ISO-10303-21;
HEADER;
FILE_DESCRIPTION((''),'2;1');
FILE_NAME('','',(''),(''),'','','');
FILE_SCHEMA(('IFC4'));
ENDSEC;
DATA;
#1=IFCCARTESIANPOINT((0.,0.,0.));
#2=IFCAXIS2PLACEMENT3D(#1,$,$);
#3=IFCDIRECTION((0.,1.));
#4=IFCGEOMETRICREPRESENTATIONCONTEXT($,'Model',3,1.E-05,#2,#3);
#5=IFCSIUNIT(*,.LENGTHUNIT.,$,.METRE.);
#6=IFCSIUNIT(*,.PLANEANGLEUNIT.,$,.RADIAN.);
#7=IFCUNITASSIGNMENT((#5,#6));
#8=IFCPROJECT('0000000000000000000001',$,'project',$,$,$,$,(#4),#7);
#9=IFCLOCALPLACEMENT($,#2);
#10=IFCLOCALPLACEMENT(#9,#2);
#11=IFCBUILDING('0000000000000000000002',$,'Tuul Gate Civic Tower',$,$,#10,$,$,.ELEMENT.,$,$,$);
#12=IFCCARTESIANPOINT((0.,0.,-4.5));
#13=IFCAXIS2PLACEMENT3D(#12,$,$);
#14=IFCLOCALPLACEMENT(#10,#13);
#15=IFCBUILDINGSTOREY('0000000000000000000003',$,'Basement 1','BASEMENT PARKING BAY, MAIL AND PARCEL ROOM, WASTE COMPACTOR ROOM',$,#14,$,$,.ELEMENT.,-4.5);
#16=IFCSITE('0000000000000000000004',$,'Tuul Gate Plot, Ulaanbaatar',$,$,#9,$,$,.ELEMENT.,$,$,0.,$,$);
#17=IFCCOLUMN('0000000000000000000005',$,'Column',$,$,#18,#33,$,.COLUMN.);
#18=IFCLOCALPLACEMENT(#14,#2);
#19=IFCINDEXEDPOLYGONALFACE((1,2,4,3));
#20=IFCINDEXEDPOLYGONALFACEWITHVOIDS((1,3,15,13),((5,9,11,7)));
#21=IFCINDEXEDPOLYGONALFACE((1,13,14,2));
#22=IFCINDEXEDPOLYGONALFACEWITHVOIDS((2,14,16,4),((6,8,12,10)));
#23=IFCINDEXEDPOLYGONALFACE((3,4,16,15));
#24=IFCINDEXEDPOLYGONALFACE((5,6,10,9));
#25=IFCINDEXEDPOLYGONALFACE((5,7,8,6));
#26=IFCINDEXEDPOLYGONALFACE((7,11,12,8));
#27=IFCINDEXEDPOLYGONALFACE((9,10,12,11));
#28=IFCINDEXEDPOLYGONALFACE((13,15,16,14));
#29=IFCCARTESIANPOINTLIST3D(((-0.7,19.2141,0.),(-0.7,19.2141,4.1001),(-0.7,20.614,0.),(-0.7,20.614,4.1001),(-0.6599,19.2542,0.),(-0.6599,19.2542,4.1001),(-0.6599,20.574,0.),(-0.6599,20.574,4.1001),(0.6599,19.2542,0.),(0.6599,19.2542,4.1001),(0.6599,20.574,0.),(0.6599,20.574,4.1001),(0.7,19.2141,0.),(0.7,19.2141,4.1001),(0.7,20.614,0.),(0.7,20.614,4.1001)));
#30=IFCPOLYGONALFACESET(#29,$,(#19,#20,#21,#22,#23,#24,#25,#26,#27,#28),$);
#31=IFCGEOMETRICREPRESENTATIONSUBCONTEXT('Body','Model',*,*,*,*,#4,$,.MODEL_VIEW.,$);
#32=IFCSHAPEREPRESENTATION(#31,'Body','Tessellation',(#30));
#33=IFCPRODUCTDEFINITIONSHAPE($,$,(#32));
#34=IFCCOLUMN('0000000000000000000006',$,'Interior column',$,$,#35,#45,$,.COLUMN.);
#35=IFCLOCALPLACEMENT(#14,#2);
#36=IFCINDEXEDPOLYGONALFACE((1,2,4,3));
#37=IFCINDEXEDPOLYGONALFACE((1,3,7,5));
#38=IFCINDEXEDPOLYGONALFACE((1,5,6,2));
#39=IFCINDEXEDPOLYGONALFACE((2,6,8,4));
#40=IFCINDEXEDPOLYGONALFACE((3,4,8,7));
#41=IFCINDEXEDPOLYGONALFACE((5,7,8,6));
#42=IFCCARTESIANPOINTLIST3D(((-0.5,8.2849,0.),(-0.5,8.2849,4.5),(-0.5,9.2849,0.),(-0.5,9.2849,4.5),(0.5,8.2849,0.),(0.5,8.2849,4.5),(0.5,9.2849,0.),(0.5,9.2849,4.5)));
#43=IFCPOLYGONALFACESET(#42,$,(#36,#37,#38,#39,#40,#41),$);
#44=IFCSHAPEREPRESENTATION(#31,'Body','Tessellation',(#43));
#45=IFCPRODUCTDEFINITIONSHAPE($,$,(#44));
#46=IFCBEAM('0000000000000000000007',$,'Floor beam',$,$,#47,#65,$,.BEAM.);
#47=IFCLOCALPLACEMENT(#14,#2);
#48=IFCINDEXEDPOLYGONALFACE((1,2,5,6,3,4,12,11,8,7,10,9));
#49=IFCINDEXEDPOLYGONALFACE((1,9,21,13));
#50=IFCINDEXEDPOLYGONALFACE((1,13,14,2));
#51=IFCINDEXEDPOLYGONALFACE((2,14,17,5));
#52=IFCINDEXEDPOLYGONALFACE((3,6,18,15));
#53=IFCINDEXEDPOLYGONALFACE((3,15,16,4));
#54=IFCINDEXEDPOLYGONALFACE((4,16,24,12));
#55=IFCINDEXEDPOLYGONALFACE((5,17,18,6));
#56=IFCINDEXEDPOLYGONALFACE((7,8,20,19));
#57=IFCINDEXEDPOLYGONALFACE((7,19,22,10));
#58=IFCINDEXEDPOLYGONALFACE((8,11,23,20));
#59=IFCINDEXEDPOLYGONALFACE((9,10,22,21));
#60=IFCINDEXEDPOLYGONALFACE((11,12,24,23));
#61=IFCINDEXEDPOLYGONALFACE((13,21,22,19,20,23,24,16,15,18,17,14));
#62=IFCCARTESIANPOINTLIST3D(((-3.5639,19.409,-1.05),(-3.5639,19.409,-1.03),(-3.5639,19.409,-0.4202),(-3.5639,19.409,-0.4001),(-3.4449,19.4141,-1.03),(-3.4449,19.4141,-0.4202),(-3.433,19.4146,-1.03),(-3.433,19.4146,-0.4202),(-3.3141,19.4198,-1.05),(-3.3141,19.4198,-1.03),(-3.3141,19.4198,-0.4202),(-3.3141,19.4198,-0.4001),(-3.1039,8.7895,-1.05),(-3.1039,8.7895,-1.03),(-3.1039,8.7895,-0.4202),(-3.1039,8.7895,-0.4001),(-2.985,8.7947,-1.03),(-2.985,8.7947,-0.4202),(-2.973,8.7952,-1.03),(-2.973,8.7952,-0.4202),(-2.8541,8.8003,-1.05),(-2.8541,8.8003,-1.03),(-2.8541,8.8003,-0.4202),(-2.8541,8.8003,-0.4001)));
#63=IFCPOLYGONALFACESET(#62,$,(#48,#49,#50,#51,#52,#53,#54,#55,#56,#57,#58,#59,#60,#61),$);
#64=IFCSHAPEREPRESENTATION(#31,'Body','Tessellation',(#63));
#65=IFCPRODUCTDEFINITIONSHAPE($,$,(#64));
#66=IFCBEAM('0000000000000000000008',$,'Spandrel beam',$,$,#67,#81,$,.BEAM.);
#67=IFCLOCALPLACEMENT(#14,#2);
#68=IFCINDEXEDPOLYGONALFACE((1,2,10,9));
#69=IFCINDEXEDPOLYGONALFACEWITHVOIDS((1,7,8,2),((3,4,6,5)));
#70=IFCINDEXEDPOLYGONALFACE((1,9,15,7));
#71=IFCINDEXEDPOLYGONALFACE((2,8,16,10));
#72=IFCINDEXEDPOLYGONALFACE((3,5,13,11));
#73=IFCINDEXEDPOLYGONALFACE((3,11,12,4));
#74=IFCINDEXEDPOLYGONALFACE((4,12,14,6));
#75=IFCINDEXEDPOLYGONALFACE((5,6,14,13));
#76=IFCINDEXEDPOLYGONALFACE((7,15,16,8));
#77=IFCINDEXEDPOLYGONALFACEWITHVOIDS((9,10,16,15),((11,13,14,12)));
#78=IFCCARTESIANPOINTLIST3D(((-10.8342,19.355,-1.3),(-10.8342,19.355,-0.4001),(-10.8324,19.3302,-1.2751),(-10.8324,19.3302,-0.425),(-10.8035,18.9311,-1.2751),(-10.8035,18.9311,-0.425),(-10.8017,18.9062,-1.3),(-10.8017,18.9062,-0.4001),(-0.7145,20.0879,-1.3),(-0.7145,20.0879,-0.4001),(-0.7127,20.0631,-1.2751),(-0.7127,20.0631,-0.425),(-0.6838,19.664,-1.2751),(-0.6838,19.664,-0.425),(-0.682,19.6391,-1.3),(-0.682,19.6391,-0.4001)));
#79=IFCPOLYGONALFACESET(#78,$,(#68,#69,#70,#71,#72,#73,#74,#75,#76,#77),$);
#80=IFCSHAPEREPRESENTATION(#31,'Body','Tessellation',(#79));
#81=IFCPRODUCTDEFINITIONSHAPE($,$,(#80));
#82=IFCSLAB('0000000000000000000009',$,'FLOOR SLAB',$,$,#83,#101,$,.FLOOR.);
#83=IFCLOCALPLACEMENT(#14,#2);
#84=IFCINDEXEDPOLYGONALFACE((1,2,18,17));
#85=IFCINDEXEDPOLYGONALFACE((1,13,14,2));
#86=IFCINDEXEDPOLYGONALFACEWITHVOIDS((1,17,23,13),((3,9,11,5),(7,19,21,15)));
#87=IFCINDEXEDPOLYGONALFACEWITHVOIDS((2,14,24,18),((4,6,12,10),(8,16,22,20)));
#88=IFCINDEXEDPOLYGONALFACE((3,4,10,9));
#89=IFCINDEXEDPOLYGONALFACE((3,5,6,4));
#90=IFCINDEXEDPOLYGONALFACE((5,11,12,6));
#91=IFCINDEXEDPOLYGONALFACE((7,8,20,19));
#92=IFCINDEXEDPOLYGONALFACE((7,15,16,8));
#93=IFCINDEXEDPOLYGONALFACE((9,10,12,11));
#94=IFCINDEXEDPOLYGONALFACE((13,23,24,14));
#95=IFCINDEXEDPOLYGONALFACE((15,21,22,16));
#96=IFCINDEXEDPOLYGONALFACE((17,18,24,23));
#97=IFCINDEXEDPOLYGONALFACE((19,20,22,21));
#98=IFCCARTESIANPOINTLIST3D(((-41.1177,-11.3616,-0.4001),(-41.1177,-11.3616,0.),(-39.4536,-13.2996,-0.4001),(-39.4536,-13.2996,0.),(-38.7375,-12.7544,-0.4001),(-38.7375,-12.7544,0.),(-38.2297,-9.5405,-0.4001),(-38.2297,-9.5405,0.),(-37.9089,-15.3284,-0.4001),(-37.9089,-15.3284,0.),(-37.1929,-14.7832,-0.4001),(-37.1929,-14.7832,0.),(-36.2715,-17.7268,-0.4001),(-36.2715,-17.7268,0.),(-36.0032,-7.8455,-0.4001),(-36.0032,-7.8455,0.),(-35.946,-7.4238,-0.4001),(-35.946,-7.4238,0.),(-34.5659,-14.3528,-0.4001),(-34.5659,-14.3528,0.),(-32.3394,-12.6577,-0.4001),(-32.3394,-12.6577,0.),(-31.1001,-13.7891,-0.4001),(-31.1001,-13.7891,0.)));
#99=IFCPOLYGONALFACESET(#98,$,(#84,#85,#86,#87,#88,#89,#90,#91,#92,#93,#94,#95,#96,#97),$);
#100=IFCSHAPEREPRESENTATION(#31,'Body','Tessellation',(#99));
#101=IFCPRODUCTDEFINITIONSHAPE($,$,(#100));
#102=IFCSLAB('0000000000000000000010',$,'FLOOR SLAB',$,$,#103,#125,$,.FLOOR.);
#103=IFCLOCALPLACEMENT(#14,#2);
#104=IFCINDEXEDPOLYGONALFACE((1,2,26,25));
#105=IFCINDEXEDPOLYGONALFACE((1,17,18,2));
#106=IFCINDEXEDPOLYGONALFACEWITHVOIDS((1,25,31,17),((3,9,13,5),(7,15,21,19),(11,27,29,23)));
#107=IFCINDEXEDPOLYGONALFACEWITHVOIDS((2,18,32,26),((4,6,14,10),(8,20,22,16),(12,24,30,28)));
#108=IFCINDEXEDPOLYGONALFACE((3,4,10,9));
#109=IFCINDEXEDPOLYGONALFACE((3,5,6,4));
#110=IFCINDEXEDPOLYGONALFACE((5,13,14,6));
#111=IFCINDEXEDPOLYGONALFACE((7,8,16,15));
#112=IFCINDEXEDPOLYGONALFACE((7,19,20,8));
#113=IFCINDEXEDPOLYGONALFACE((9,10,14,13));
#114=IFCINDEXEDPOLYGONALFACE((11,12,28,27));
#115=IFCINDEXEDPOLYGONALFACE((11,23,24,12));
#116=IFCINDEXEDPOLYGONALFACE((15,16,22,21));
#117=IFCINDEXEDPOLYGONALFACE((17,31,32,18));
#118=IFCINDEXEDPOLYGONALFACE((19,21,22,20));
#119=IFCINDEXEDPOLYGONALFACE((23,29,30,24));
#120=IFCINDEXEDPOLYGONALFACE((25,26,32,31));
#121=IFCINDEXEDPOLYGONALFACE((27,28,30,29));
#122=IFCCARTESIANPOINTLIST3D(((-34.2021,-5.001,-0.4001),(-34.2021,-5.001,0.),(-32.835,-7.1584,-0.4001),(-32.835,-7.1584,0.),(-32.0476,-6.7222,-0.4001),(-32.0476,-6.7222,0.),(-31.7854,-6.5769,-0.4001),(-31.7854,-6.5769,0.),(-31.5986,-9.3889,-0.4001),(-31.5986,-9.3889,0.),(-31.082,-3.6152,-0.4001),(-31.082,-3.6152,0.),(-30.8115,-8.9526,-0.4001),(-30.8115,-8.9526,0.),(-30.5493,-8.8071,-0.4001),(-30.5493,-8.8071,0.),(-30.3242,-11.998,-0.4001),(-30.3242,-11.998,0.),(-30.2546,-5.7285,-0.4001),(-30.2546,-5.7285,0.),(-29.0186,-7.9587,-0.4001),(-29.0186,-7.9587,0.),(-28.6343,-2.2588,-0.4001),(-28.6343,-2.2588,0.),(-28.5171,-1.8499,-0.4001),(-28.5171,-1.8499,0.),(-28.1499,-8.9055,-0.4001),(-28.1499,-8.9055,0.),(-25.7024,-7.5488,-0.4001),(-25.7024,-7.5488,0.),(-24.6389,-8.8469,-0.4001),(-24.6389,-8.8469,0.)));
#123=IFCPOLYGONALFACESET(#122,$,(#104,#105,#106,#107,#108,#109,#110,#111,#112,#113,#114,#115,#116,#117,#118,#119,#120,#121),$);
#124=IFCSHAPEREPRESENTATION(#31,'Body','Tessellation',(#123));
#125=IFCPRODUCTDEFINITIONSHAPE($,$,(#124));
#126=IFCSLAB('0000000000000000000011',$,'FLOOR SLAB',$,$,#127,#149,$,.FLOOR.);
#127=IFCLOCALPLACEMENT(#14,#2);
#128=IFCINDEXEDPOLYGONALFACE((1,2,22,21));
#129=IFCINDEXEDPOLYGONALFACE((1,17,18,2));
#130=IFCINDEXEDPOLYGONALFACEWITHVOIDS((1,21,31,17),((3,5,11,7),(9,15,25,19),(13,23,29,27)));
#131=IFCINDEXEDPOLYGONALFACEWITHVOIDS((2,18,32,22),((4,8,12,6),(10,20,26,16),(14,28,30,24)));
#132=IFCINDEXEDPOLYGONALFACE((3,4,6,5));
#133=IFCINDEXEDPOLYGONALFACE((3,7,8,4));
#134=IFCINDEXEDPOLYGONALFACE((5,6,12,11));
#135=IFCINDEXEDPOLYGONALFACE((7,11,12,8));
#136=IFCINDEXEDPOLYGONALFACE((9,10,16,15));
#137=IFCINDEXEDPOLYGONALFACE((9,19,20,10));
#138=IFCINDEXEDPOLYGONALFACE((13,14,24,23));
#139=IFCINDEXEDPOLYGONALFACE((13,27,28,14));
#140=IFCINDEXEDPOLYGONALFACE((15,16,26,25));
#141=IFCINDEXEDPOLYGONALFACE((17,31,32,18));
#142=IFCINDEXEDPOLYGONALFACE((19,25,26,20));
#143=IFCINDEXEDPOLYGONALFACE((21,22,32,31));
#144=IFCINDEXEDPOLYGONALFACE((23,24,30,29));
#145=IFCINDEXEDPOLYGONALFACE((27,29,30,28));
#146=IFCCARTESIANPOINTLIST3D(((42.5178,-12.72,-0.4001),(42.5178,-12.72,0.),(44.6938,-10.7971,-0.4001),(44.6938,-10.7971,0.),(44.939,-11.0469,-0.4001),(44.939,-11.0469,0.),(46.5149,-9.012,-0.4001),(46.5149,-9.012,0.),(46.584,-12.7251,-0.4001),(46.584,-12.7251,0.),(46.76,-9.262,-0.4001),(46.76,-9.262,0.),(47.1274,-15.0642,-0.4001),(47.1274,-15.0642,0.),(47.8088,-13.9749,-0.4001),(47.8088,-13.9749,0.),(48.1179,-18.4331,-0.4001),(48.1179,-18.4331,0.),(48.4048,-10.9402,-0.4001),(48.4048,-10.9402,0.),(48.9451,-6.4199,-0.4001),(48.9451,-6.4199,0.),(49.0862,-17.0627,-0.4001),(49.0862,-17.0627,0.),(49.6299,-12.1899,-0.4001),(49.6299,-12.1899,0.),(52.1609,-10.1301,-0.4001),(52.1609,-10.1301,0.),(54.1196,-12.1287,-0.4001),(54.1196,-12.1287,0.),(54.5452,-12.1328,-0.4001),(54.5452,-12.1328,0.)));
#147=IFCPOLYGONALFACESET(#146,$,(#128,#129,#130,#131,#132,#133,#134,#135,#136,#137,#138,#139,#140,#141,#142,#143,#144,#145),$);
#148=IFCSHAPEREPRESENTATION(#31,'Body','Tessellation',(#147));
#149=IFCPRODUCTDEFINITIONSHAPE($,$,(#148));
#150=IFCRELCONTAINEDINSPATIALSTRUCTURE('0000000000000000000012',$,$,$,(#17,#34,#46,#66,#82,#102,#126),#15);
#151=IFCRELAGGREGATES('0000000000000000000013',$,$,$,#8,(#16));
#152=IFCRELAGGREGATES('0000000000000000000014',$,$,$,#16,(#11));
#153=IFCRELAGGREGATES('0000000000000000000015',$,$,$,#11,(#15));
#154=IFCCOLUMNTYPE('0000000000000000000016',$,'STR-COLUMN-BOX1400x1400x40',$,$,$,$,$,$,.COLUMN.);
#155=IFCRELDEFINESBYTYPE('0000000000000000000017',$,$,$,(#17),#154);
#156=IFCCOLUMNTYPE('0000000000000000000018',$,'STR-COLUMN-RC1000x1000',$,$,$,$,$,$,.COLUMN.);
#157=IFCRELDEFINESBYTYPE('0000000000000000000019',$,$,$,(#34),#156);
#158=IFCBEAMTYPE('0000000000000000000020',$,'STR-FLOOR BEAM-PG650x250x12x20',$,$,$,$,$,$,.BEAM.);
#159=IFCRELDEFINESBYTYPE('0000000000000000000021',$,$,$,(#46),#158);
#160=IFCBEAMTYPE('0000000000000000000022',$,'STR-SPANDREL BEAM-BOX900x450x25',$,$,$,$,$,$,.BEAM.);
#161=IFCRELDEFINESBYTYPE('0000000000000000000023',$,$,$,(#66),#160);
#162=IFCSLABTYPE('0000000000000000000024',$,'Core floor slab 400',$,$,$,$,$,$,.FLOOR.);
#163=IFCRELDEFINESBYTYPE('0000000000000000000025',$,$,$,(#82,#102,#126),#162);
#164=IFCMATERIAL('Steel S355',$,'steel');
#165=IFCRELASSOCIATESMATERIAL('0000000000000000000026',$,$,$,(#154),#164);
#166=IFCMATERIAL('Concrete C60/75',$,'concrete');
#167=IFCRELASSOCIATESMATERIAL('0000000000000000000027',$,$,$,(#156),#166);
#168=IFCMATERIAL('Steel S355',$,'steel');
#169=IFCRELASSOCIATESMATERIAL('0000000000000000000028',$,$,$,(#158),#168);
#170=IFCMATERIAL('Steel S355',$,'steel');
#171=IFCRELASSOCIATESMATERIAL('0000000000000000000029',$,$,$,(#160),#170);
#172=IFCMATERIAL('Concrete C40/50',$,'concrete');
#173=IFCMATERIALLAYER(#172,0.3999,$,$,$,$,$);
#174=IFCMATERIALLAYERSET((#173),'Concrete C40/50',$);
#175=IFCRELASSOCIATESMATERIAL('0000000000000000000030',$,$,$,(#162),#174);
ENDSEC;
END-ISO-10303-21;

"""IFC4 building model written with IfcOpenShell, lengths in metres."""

from ifc_helpers import new_model, si_unit, direction, frame, origin, origin_2d, place, context, subcontext, project, spatial, polyline, rectangle, hollow_rectangle, i_section, outline, extrude, material, layer, layer_set, material_profile, profile_set, type_object, element, save


model = new_model("IFC4")

# Units and contexts
model_context = context("Model", 3, precision=1e-05, world=origin(), true_north=direction((0.0, 1.0)))
body_context = subcontext(model_context, "Body", "Model", "MODEL_VIEW")
ifc_project = project(units=[si_unit("LENGTHUNIT", "METRE"), si_unit("PLANEANGLEUNIT", "RADIAN")], contexts=[model_context])

# Site, building, storey
site_placement = place(None, origin())
site = spatial("IfcSite", under=ifc_project, at=site_placement, Name="Tuul Gate Plot, Ulaanbaatar", CompositionType="ELEMENT", RefElevation=0.0)
building_placement = place(site_placement, origin())
building = spatial("IfcBuilding", under=site, at=building_placement, Name="Tuul Gate Civic Tower", CompositionType="ELEMENT")
storey_placement = place(building_placement, frame((0.0, 0.0, -4.5)))
storey = spatial("IfcBuildingStorey", under=building, at=storey_placement, Name="Basement 1", Description="BASEMENT PARKING BAY, MAIL AND PARCEL ROOM, WASTE COMPACTOR ROOM", CompositionType="ELEMENT", Elevation=-4.5)

# Columns
ifc_material_1 = material(Name="Steel S355", Category="steel")
ifc_material_profile_1 = material_profile(ifc_material_1, hollow_rectangle(XDim=1.3999, YDim=1.3999, WallThickness=0.04, at=origin_2d()), Name="BOX1400x1400x40")
ifc_profile_set_1 = profile_set([ifc_material_profile_1], Name="Steel S355")
column_type_1 = type_object("IfcColumnType", Name="STR-COLUMN-BOX1400x1400x40", PredefinedType="COLUMN", material=ifc_profile_set_1)
column_1_placement = place(storey_placement, frame((0.0, 19.9141, 0.0), z_axis=(0.0, 0.0, 1.0), x_axis=(1.0, 0.0, 0.0)))
element("IfcColumn", 1, at=column_1_placement, inside=storey, type_object=column_type_1, Name="Column", PredefinedType="COLUMN", context=body_context, shape_type="SweptSolid", body=[
    extrude(hollow_rectangle(XDim=1.3999, YDim=1.3999, WallThickness=0.04, at=origin_2d()), origin(), (0.0, 0.0, 1.0), 4.1001),
])
ifc_material_2 = material(Name="Concrete C60/75", Category="concrete")
ifc_material_profile_2 = material_profile(ifc_material_2, rectangle(XDim=1.0, YDim=1.0, at=origin_2d()), Name="RC1000x1000")
ifc_profile_set_2 = profile_set([ifc_material_profile_2], Name="Concrete C60/75")
column_type_2 = type_object("IfcColumnType", Name="STR-COLUMN-RC1000x1000", PredefinedType="COLUMN", material=ifc_profile_set_2)
column_2_placement = place(storey_placement, frame((0.0, 8.7849, 0.0), z_axis=(0.0, 0.0, 1.0), x_axis=(1.0, 0.0, 0.0)))
element("IfcColumn", 2, at=column_2_placement, inside=storey, type_object=column_type_2, Name="Interior column", PredefinedType="COLUMN", context=body_context, shape_type="SweptSolid", body=[
    extrude(rectangle(XDim=1.0, YDim=1.0, at=origin_2d()), origin(), (0.0, 0.0, 1.0), 4.5),
])

# Beams
ifc_material_3 = material(Name="Steel S355", Category="steel")
ifc_material_profile_3 = material_profile(ifc_material_3, i_section(OverallWidth=0.25, OverallDepth=0.6499, WebThickness=0.012, FlangeThickness=0.02, at=origin_2d()), Name="PG650x250x12x20")
ifc_profile_set_3 = profile_set([ifc_material_profile_3], Name="Steel S355")
beam_type_1 = type_object("IfcBeamType", Name="STR-FLOOR BEAM-PG650x250x12x20", PredefinedType="BEAM", material=ifc_profile_set_3)
beam_1_placement = place(storey_placement, frame((-2.979, 8.7949, -0.7251), z_axis=(-0.043273, 0.999063, 0.0), x_axis=(-0.999063, -0.043273, 0.0)))
element("IfcBeam", 3, at=beam_1_placement, inside=storey, type_object=beam_type_1, Name="Floor beam", PredefinedType="BEAM", context=body_context, shape_type="SweptSolid", body=[
    extrude(i_section(OverallWidth=0.25, OverallDepth=0.6499, WebThickness=0.012, FlangeThickness=0.02, at=origin_2d()), origin(), (0.0, 0.0, 1.0), 10.6294),
])
ifc_material_4 = material(Name="Steel S355", Category="steel")
ifc_material_profile_4 = material_profile(ifc_material_4, hollow_rectangle(XDim=0.45, YDim=0.8999, WallThickness=0.0249, at=origin_2d()), Name="BOX900x450x25")
ifc_profile_set_4 = profile_set([ifc_material_profile_4], Name="Steel S355")
beam_type_2 = type_object("IfcBeamType", Name="STR-SPANDREL BEAM-BOX900x450x25", PredefinedType="BEAM", material=ifc_profile_set_4)
beam_2_placement = place(storey_placement, frame((-0.6982, 19.8635, -0.8501), z_axis=(-0.997388, -0.072235, 0.0), x_axis=(0.072235, -0.997388, 0.0)))
element("IfcBeam", 4, at=beam_2_placement, inside=storey, type_object=beam_type_2, Name="Spandrel beam", PredefinedType="BEAM", context=body_context, shape_type="SweptSolid", body=[
    extrude(hollow_rectangle(XDim=0.45, YDim=0.8999, WallThickness=0.0249, at=origin_2d()), origin(), (0.0, 0.0, 1.0), 10.1462),
])

# Slabs
ifc_material_5 = material(Name="Concrete C40/50", Category="concrete")
ifc_layer_1 = layer(ifc_material_5, 0.3999)
ifc_layer_set_1 = layer_set([ifc_layer_1], Name="Concrete C40/50")
slab_type_1 = type_object("IfcSlabType", Name="Core floor slab 400", PredefinedType="FLOOR", material=ifc_layer_set_1)
slab_1_placement = place(storey_placement, frame((0.0, 0.0, -0.4001)))
element("IfcSlab", 5, at=slab_1_placement, inside=storey, type_object=slab_type_1, Name="FLOOR SLAB", PredefinedType="FLOOR", context=body_context, shape_type="SweptSolid", body=[
    extrude(outline(polyline([(-31.1001, -13.7891), (-35.946, -7.4238), (-41.1177, -11.3616), (-36.2715, -17.7268), (-31.1001, -13.7891)]), holes=[polyline([(-37.1929, -14.7832), (-38.7375, -12.7544), (-39.4536, -13.2996), (-37.9089, -15.3284), (-37.1929, -14.7832)]), polyline([(-32.3394, -12.6577), (-34.5659, -14.3528), (-38.2297, -9.5405), (-36.0032, -7.8455), (-32.3394, -12.6577)])]), origin(), (0.0, 0.0, 1.0), 0.4001),
])
slab_2_placement = place(storey_placement, frame((0.0, 0.0, -0.4001)))
element("IfcSlab", 6, at=slab_2_placement, inside=storey, type_object=slab_type_1, Name="FLOOR SLAB", PredefinedType="FLOOR", context=body_context, shape_type="SweptSolid", body=[
    extrude(outline(polyline([(-24.6389, -8.8469), (-28.5171, -1.8499), (-34.2021, -5.001), (-30.3242, -11.998), (-24.6389, -8.8469)]), holes=[polyline([(-29.0186, -7.9587), (-30.2546, -5.7285), (-31.7854, -6.5769), (-30.5493, -8.8071), (-29.0186, -7.9587)]), polyline([(-30.8115, -8.9526), (-32.0476, -6.7222), (-32.835, -7.1584), (-31.5986, -9.3889), (-30.8115, -8.9526)]), polyline([(-25.7024, -7.5488), (-28.1499, -8.9055), (-31.082, -3.6152), (-28.6343, -2.2588), (-25.7024, -7.5488)])]), origin(), (0.0, 0.0, 1.0), 0.4001),
])
slab_3_placement = place(storey_placement, frame((0.0, 0.0, -0.4001)))
element("IfcSlab", 7, at=slab_3_placement, inside=storey, type_object=slab_type_1, Name="FLOOR SLAB", PredefinedType="FLOOR", context=body_context, shape_type="SweptSolid", body=[
    extrude(outline(polyline([(48.1179, -18.4331), (54.5452, -12.1328), (48.9451, -6.4199), (42.5178, -12.72), (48.1179, -18.4331)]), holes=[polyline([(47.8088, -13.9749), (49.6299, -12.1899), (48.4048, -10.9402), (46.584, -12.7251), (47.8088, -13.9749)]), polyline([(44.939, -11.0469), (46.76, -9.262), (46.5149, -9.012), (44.6938, -10.7971), (44.939, -11.0469)]), polyline([(49.0862, -17.0627), (47.1274, -15.0642), (52.1609, -10.1301), (54.1196, -12.1287), (49.0862, -17.0627)])]), origin(), (0.0, 0.0, 1.0), 0.4001),
])

save(model, "model.ifc")
